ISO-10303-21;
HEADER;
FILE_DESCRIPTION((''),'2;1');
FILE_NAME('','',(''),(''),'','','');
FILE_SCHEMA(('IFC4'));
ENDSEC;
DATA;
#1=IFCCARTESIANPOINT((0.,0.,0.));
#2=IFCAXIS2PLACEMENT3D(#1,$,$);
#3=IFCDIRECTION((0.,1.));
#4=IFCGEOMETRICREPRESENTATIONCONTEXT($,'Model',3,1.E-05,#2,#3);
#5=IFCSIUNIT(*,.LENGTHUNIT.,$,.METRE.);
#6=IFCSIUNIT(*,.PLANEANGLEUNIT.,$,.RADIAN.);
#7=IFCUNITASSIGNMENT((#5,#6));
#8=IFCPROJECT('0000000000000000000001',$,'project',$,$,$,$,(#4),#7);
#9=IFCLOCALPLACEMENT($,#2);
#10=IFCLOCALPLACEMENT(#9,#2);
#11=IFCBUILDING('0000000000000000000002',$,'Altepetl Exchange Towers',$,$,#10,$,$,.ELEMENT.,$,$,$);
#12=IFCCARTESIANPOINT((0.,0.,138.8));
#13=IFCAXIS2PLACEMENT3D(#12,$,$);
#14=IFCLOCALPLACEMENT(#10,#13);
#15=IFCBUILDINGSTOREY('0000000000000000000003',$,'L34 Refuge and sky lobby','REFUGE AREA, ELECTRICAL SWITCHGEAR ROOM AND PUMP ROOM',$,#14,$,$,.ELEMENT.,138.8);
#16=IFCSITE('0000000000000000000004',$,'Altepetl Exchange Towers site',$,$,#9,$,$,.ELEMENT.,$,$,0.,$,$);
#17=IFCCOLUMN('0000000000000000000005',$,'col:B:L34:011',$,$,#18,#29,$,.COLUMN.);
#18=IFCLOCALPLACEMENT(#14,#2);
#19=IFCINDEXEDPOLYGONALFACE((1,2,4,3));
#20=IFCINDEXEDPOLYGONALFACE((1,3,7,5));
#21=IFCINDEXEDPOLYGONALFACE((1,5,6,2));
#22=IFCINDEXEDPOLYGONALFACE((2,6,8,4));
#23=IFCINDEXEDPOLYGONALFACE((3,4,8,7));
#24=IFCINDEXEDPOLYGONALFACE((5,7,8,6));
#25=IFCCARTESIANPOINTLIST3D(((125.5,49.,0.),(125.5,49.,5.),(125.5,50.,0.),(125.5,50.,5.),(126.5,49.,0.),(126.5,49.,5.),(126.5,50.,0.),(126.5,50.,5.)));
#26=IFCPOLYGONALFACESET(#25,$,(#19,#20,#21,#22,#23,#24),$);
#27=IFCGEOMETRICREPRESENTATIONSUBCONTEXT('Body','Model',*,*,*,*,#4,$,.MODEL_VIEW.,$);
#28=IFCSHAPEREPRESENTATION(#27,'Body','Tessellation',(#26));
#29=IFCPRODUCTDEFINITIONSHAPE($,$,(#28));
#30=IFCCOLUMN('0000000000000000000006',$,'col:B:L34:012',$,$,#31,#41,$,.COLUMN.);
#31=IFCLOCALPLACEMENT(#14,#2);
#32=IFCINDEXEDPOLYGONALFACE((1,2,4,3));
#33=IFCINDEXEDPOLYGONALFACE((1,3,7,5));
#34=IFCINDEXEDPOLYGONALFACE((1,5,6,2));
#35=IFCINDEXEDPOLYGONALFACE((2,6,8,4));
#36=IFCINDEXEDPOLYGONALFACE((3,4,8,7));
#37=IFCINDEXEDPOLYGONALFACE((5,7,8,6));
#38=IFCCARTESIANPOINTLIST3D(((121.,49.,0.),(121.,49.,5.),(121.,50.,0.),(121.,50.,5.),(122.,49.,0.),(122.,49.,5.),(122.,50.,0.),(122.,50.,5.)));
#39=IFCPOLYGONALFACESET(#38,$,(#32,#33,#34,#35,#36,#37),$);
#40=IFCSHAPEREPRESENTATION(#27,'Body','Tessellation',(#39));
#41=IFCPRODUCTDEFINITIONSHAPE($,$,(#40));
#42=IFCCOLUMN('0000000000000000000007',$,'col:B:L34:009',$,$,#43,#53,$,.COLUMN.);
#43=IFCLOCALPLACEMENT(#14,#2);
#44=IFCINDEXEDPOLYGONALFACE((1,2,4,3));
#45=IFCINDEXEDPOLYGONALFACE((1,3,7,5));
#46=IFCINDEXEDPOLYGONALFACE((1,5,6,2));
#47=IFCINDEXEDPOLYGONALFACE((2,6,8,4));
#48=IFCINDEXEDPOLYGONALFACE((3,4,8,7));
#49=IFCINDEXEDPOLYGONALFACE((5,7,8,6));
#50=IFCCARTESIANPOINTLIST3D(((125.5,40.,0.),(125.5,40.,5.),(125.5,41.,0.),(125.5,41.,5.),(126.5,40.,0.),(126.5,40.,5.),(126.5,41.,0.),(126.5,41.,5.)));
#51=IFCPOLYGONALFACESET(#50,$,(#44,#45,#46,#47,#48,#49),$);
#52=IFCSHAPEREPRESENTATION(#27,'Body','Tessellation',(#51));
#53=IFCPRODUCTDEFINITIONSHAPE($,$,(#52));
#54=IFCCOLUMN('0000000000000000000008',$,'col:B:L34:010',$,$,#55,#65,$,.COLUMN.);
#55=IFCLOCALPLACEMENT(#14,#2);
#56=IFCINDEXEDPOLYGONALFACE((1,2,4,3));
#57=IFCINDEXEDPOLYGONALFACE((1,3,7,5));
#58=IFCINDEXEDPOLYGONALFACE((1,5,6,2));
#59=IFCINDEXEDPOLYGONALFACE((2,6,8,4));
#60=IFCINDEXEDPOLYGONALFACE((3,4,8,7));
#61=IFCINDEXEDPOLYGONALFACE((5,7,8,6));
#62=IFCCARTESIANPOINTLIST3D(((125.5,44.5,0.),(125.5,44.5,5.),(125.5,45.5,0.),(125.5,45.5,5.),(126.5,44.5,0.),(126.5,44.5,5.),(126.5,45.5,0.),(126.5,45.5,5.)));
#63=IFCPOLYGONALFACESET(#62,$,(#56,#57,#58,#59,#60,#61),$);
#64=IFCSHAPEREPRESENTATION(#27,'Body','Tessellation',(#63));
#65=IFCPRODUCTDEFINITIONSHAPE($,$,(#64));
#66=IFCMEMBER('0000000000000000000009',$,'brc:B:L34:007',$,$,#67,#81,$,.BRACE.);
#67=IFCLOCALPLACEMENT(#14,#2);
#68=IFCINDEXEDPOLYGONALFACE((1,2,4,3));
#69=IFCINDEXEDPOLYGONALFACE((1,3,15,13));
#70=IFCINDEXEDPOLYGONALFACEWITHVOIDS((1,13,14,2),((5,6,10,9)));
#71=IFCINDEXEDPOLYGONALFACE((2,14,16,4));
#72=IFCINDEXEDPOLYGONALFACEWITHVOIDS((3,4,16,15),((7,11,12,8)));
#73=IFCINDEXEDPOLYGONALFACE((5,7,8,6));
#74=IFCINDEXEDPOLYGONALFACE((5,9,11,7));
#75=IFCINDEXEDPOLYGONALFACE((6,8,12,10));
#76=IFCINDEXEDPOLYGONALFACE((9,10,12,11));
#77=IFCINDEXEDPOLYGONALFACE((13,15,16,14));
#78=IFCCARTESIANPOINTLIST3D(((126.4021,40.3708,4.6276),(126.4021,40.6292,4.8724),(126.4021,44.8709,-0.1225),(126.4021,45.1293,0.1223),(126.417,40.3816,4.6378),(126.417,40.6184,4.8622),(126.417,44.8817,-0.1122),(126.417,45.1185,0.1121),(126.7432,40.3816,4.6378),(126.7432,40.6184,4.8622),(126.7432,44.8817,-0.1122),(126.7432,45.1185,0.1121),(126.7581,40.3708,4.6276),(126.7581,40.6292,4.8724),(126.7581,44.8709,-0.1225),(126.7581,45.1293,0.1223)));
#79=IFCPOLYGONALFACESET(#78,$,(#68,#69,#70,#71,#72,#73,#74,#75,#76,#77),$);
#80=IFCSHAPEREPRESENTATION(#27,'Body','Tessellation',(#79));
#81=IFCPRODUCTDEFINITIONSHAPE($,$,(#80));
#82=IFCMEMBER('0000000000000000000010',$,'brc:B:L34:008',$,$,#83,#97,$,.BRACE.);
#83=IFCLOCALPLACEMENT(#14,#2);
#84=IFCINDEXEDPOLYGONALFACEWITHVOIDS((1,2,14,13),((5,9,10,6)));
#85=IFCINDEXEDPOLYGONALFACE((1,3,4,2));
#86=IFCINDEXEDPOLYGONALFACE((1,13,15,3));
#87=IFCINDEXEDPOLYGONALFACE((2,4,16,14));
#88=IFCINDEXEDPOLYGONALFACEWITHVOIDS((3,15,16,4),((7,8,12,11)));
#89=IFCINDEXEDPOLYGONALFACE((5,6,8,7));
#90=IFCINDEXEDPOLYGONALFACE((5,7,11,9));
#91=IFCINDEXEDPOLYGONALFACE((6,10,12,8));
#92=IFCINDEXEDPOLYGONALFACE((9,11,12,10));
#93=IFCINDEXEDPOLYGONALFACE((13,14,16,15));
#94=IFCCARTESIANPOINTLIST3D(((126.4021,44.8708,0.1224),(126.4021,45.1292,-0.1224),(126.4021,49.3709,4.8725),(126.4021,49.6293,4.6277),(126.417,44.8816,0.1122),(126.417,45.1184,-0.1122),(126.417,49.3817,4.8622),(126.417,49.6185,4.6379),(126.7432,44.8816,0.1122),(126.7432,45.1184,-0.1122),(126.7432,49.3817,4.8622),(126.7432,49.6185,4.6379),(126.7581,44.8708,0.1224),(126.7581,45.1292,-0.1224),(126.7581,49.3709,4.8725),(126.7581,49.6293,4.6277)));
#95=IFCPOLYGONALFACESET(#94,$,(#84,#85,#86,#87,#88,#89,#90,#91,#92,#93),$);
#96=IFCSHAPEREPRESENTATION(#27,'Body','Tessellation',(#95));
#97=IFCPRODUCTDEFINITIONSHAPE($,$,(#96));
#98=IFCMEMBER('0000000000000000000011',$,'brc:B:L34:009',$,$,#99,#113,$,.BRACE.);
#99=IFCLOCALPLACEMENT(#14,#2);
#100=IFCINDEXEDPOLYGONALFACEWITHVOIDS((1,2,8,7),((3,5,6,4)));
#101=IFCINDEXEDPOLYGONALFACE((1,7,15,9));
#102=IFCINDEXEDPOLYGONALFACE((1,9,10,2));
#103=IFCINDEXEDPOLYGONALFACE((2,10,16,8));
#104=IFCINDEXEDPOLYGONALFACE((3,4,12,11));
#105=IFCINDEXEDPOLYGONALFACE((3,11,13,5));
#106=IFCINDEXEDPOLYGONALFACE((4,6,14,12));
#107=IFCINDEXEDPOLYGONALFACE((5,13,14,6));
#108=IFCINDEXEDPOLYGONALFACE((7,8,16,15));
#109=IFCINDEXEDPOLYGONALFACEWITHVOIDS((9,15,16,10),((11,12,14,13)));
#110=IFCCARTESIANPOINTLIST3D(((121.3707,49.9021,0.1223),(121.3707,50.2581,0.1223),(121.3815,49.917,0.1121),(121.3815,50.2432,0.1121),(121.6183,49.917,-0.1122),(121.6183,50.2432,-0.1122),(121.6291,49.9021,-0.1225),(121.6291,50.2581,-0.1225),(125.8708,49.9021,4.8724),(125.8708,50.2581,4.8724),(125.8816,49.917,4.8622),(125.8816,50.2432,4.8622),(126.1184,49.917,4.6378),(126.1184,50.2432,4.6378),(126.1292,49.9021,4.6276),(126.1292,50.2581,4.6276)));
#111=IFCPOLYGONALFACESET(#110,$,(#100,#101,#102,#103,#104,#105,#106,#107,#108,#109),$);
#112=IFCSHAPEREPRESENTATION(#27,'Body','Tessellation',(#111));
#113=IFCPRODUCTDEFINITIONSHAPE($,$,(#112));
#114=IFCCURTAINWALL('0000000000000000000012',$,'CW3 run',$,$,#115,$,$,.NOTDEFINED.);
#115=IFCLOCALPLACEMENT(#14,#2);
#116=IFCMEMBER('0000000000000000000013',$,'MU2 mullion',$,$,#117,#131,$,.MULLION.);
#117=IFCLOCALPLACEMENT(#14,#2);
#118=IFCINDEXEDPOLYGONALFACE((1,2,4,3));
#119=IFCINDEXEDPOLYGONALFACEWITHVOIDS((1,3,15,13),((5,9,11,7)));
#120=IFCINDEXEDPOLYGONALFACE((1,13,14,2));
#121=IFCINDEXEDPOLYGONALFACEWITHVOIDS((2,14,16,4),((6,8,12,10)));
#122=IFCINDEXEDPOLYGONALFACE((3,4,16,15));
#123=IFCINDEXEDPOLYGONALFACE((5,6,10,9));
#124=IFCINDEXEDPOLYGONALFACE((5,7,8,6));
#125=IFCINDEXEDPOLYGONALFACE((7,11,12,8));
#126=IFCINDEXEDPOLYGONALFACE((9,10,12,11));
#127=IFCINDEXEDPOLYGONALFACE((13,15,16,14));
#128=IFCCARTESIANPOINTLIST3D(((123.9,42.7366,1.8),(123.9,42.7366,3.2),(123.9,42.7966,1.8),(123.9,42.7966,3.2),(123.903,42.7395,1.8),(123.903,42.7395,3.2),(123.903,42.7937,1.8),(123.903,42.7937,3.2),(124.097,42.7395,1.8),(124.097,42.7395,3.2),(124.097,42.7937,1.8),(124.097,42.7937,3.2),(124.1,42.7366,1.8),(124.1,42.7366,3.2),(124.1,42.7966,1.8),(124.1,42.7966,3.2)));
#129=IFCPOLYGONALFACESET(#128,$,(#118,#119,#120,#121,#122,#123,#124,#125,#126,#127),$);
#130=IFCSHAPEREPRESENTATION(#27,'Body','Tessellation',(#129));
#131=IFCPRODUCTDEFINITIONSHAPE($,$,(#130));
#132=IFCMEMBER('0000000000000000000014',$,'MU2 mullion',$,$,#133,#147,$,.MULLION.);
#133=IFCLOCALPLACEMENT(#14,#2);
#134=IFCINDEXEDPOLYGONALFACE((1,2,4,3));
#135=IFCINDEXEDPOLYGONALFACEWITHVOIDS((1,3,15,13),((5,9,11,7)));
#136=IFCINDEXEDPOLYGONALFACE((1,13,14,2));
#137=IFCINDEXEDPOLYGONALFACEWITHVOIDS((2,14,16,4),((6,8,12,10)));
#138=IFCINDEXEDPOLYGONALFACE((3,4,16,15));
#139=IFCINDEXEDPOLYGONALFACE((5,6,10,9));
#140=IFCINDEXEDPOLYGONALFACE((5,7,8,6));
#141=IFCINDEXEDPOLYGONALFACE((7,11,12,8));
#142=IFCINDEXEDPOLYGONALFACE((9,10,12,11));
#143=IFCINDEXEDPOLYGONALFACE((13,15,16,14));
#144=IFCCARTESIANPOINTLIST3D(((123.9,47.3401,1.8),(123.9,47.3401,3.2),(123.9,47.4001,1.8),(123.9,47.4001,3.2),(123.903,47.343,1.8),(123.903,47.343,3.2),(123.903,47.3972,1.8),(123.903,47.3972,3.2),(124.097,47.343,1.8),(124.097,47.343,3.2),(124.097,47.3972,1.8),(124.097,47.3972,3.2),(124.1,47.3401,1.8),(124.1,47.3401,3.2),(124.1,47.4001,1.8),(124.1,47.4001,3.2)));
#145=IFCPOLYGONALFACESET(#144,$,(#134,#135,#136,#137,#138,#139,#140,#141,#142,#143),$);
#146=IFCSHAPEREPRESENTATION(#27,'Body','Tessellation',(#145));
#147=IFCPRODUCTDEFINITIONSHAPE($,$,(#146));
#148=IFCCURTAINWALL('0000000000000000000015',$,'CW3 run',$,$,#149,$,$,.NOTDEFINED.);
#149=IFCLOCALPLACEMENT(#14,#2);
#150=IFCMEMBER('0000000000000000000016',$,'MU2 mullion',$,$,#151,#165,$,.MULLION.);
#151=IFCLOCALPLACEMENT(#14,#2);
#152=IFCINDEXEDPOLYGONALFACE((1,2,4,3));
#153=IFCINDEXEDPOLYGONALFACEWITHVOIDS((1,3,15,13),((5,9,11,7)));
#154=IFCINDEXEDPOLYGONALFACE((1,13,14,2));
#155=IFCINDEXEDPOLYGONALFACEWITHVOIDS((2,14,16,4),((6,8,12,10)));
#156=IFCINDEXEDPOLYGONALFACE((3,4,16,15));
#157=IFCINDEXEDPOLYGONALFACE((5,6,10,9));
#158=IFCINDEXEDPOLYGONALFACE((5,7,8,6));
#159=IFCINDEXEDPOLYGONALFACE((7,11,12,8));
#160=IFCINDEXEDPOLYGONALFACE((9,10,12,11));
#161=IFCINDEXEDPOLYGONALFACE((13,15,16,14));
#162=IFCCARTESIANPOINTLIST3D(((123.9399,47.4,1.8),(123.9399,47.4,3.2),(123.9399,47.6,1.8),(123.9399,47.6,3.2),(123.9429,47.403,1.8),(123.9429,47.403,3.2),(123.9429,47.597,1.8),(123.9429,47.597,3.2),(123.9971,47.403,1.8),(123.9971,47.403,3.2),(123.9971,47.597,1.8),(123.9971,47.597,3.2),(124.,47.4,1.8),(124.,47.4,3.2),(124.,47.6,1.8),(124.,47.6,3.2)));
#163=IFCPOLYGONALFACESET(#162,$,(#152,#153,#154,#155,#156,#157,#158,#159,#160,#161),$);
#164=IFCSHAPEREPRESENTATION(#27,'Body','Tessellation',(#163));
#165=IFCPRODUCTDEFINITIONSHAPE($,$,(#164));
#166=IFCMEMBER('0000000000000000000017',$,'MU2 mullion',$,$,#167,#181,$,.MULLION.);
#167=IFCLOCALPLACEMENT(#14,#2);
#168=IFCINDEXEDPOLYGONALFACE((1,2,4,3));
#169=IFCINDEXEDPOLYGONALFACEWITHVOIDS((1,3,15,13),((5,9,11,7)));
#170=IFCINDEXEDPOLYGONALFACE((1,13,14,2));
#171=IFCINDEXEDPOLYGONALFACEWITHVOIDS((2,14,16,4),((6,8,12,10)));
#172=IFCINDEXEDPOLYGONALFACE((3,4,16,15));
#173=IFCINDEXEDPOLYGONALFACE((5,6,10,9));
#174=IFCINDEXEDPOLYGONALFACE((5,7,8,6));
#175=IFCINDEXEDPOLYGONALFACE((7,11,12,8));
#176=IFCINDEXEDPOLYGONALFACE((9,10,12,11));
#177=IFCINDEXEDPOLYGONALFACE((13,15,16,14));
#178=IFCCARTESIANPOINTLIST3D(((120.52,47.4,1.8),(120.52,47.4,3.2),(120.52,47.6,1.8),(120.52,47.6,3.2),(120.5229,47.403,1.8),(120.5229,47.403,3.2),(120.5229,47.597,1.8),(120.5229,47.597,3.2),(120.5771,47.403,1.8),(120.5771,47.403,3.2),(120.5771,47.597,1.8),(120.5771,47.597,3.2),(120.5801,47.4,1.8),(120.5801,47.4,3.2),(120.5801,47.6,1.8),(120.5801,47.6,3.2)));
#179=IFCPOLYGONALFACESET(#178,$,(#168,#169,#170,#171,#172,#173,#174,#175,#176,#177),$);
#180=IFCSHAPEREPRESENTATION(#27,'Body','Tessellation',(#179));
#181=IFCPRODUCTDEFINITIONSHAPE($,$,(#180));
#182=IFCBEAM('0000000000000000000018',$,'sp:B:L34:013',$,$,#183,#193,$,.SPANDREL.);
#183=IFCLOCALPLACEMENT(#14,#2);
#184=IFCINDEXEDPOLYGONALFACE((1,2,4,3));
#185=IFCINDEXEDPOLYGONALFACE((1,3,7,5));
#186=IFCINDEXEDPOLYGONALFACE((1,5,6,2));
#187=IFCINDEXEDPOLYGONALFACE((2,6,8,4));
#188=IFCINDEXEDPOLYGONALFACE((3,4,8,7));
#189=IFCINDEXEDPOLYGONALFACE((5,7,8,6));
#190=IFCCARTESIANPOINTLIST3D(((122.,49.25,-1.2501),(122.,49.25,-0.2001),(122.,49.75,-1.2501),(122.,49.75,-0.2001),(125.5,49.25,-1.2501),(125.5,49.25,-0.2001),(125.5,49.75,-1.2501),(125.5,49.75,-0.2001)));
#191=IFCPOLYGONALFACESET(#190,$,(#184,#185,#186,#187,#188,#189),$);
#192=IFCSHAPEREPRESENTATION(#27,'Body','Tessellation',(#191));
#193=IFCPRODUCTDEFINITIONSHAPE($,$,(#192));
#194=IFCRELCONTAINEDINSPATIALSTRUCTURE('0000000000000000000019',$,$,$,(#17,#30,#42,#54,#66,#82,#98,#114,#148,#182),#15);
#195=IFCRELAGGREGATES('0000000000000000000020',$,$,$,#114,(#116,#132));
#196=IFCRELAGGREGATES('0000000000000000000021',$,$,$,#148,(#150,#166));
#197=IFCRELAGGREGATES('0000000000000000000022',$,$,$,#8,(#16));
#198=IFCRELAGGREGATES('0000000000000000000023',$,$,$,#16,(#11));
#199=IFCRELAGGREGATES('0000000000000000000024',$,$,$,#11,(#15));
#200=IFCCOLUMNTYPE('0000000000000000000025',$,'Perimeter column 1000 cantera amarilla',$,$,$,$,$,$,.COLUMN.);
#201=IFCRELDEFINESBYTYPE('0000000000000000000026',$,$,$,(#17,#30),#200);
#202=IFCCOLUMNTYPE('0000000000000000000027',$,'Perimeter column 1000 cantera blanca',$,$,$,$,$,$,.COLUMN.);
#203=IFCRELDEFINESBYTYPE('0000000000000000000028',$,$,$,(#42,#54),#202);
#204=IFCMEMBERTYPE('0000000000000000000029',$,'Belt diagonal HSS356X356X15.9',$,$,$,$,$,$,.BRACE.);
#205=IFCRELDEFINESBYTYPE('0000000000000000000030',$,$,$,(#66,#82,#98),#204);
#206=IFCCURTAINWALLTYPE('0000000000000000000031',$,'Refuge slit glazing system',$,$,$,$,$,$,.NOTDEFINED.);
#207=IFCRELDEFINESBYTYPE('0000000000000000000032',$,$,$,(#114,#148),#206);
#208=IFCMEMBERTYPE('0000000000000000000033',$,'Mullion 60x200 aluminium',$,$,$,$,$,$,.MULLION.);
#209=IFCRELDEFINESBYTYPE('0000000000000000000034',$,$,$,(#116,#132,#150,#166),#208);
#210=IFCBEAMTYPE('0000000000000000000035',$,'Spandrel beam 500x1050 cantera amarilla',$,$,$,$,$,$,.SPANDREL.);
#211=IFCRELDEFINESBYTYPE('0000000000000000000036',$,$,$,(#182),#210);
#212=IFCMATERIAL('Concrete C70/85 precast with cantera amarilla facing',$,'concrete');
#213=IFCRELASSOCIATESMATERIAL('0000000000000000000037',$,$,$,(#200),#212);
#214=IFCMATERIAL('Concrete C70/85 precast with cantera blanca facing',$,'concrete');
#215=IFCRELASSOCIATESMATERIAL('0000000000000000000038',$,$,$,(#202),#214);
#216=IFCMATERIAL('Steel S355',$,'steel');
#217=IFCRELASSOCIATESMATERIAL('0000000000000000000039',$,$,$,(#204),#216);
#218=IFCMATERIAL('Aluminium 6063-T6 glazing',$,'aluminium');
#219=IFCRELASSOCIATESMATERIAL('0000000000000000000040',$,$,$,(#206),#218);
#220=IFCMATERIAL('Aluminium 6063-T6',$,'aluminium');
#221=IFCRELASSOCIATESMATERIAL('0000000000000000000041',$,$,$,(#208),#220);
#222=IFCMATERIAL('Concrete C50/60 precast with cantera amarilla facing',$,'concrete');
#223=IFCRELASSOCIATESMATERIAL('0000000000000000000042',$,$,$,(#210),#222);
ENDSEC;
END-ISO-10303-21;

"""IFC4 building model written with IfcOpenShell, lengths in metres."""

from ifc_helpers import new_model, si_unit, direction, frame, origin, origin_2d, place, context, subcontext, project, spatial, rectangle, hollow_rectangle, extrude, material, material_profile, profile_set, type_object, element, aggregate, save


model = new_model("IFC4")

# Units and contexts
model_context = context("Model", 3, precision=1e-05, world=origin(), true_north=direction((0.0, 1.0)))
body_context = subcontext(model_context, "Body", "Model", "MODEL_VIEW")
ifc_project = project(units=[si_unit("LENGTHUNIT", "METRE"), si_unit("PLANEANGLEUNIT", "RADIAN")], contexts=[model_context])

# Site, building, storey
site_placement = place(None, origin())
site = spatial("IfcSite", under=ifc_project, at=site_placement, Name="Altepetl Exchange Towers site", CompositionType="ELEMENT", RefElevation=0.0)
building_placement = place(site_placement, origin())
building = spatial("IfcBuilding", under=site, at=building_placement, Name="Altepetl Exchange Towers", CompositionType="ELEMENT")
storey_placement = place(building_placement, frame((0.0, 0.0, 138.8)))
storey = spatial("IfcBuildingStorey", under=building, at=storey_placement, Name="L34 Refuge and sky lobby", Description="REFUGE AREA, ELECTRICAL SWITCHGEAR ROOM AND PUMP ROOM", CompositionType="ELEMENT", Elevation=138.8)

# Columns
ifc_material_1 = material(Name="Concrete C70/85 precast with cantera amarilla facing", Category="concrete")
ifc_material_profile_1 = material_profile(ifc_material_1, rectangle(XDim=1.0, YDim=1.0, at=origin_2d()), Name="1000 x 1000")
ifc_profile_set_1 = profile_set([ifc_material_profile_1], Name="Concrete C70/85 precast with cantera amarilla facing")
column_type_1 = type_object("IfcColumnType", Name="Perimeter column 1000 cantera amarilla", PredefinedType="COLUMN", material=ifc_profile_set_1)
for number, where, name in (
    (1, (126.0, 49.5, 0.0), "col:B:L34:011"),
    (2, (121.5, 49.5, 0.0), "col:B:L34:012"),
):
    element("IfcColumn", number, at=place(storey_placement, frame(where)), inside=storey, type_object=column_type_1, Name=name, PredefinedType="COLUMN", context=body_context, shape_type="SweptSolid", body=[
        extrude(rectangle(XDim=1.0, YDim=1.0, at=origin_2d()), origin(), (0.0, 0.0, 1.0), 5.0),
    ])
ifc_material_2 = material(Name="Concrete C70/85 precast with cantera blanca facing", Category="concrete")
ifc_material_profile_2 = material_profile(ifc_material_2, rectangle(XDim=1.0, YDim=1.0, at=origin_2d()), Name="1000 x 1000")
ifc_profile_set_2 = profile_set([ifc_material_profile_2], Name="Concrete C70/85 precast with cantera blanca facing")
column_type_2 = type_object("IfcColumnType", Name="Perimeter column 1000 cantera blanca", PredefinedType="COLUMN", material=ifc_profile_set_2)
for number, where, name in (
    (3, (126.0, 40.5, 0.0), "col:B:L34:009"),
    (4, (126.0, 45.0, 0.0), "col:B:L34:010"),
):
    element("IfcColumn", number, at=place(storey_placement, frame(where)), inside=storey, type_object=column_type_2, Name=name, PredefinedType="COLUMN", context=body_context, shape_type="SweptSolid", body=[
        extrude(rectangle(XDim=1.0, YDim=1.0, at=origin_2d()), origin(), (0.0, 0.0, 1.0), 5.0),
    ])

# Members
ifc_material_3 = material(Name="Steel S355", Category="steel")
ifc_material_profile_3 = material_profile(ifc_material_3, hollow_rectangle(XDim=0.356, YDim=0.356, WallThickness=0.0149, at=origin_2d()), Name="HSS356X356X15.9")
ifc_profile_set_3 = profile_set([ifc_material_profile_3], Name="Steel S355")
member_type_1 = type_object("IfcMemberType", Name="Belt diagonal HSS356X356X15.9", PredefinedType="BRACE", material=ifc_profile_set_3)
for number, where, z_axis, x_axis, name in (
    (5, (126.5801, 40.5, 4.75), (0.0, 0.687745, -0.725953), (-1.0, 0.0, 0.0), "brc:B:L34:007"),
    (6, (126.5801, 45.0, 0.0), (0.0, 0.687745, 0.725953), (-1.0, 0.0, 0.0), "brc:B:L34:008"),
    (7, (126.0, 50.0801, 4.75), (-0.687745, 0.0, -0.725953), (0.0, -1.0, 0.0), "brc:B:L34:009"),
):
    element("IfcMember", number, at=place(storey_placement, frame(where, z_axis=z_axis, x_axis=x_axis)), inside=storey, type_object=member_type_1, Name=name, PredefinedType="BRACE", context=body_context, shape_type="SweptSolid", body=[
        extrude(hollow_rectangle(XDim=0.356, YDim=0.356, WallThickness=0.0149, at=origin_2d()), origin(), (0.0, 0.0, 1.0), 6.5432),
    ])

# Curtain walls, members
ifc_material_4 = material(Name="Aluminium 6063-T6 glazing", Category="aluminium")
curtain_wall_type = type_object("IfcCurtainWallType", Name="Refuge slit glazing system", PredefinedType="NOTDEFINED", material=ifc_material_4)
curtain_wall_1_placement = place(storey_placement, origin())
curtain_wall_1 = element("IfcCurtainWall", 8, at=curtain_wall_1_placement, inside=storey, type_object=curtain_wall_type, Name="CW3 run", PredefinedType="NOTDEFINED")
ifc_material_5 = material(Name="Aluminium 6063-T6", Category="aluminium")
ifc_material_profile_4 = material_profile(ifc_material_5, hollow_rectangle(XDim=0.0601, YDim=0.2, WallThickness=0.0029, at=origin_2d()), Name="Mullion 60x200 aluminium")
ifc_profile_set_4 = profile_set([ifc_material_profile_4], Name="Aluminium 6063-T6")
member_type_2 = type_object("IfcMemberType", Name="Mullion 60x200 aluminium", PredefinedType="MULLION", material=ifc_profile_set_4)
member_1_placement = place(storey_placement, frame((124.0, 42.7666, 1.8), z_axis=(0.0, 0.0, 1.0), x_axis=(0.0, 1.0, 0.0)))
member_1 = element("IfcMember", 9, at=member_1_placement, type_object=member_type_2, Name="MU2 mullion", PredefinedType="MULLION", context=body_context, shape_type="SweptSolid", body=[
    extrude(hollow_rectangle(XDim=0.0601, YDim=0.2, WallThickness=0.0029, at=origin_2d()), origin(), (0.0, 0.0, 1.0), 1.3999),
])
member_2_placement = place(storey_placement, frame((124.0, 47.3701, 1.8), z_axis=(0.0, 0.0, 1.0), x_axis=(0.0, 1.0, 0.0)))
member_2 = element("IfcMember", 10, at=member_2_placement, type_object=member_type_2, Name="MU2 mullion", PredefinedType="MULLION", context=body_context, shape_type="SweptSolid", body=[
    extrude(hollow_rectangle(XDim=0.0601, YDim=0.2, WallThickness=0.0029, at=origin_2d()), origin(), (0.0, 0.0, 1.0), 1.3999),
])
curtain_wall_2_placement = place(storey_placement, origin())
curtain_wall_2 = element("IfcCurtainWall", 11, at=curtain_wall_2_placement, inside=storey, type_object=curtain_wall_type, Name="CW3 run", PredefinedType="NOTDEFINED")
member_3_placement = place(storey_placement, frame((123.97, 47.5, 1.8), z_axis=(0.0, 0.0, 1.0), x_axis=(-1.0, 0.0, 0.0)))
member_3 = element("IfcMember", 12, at=member_3_placement, type_object=member_type_2, Name="MU2 mullion", PredefinedType="MULLION", context=body_context, shape_type="SweptSolid", body=[
    extrude(hollow_rectangle(XDim=0.0601, YDim=0.2, WallThickness=0.0029, at=origin_2d()), origin(), (0.0, 0.0, 1.0), 1.3999),
])
member_4_placement = place(storey_placement, frame((120.55, 47.5, 1.8), z_axis=(0.0, 0.0, 1.0), x_axis=(-1.0, 0.0, 0.0)))
member_4 = element("IfcMember", 13, at=member_4_placement, type_object=member_type_2, Name="MU2 mullion", PredefinedType="MULLION", context=body_context, shape_type="SweptSolid", body=[
    extrude(hollow_rectangle(XDim=0.0601, YDim=0.2, WallThickness=0.0029, at=origin_2d()), origin(), (0.0, 0.0, 1.0), 1.3999),
])

# Beam
ifc_material_6 = material(Name="Concrete C50/60 precast with cantera amarilla facing", Category="concrete")
ifc_material_profile_5 = material_profile(ifc_material_6, rectangle(XDim=0.5, YDim=1.05, at=origin_2d()), Name="500 x 1050")
ifc_profile_set_5 = profile_set([ifc_material_profile_5], Name="Concrete C50/60 precast with cantera amarilla facing")
beam_type_1 = type_object("IfcBeamType", Name="Spandrel beam 500x1050 cantera amarilla", PredefinedType="SPANDREL", material=ifc_profile_set_5)
beam_1_placement = place(storey_placement, frame((125.5, 49.5, -0.7251), z_axis=(-1.0, 0.0, 0.0), x_axis=(0.0, -1.0, 0.0)))
element("IfcBeam", 14, at=beam_1_placement, inside=storey, type_object=beam_type_1, Name="sp:B:L34:013", PredefinedType="SPANDREL", context=body_context, shape_type="SweptSolid", body=[
    extrude(rectangle(XDim=0.5, YDim=1.05, at=origin_2d()), origin(), (0.0, 0.0, 1.0), 3.5),
])

aggregate(curtain_wall_1, [member_1, member_2])
aggregate(curtain_wall_2, [member_3, member_4])

save(model, "model.ifc")
